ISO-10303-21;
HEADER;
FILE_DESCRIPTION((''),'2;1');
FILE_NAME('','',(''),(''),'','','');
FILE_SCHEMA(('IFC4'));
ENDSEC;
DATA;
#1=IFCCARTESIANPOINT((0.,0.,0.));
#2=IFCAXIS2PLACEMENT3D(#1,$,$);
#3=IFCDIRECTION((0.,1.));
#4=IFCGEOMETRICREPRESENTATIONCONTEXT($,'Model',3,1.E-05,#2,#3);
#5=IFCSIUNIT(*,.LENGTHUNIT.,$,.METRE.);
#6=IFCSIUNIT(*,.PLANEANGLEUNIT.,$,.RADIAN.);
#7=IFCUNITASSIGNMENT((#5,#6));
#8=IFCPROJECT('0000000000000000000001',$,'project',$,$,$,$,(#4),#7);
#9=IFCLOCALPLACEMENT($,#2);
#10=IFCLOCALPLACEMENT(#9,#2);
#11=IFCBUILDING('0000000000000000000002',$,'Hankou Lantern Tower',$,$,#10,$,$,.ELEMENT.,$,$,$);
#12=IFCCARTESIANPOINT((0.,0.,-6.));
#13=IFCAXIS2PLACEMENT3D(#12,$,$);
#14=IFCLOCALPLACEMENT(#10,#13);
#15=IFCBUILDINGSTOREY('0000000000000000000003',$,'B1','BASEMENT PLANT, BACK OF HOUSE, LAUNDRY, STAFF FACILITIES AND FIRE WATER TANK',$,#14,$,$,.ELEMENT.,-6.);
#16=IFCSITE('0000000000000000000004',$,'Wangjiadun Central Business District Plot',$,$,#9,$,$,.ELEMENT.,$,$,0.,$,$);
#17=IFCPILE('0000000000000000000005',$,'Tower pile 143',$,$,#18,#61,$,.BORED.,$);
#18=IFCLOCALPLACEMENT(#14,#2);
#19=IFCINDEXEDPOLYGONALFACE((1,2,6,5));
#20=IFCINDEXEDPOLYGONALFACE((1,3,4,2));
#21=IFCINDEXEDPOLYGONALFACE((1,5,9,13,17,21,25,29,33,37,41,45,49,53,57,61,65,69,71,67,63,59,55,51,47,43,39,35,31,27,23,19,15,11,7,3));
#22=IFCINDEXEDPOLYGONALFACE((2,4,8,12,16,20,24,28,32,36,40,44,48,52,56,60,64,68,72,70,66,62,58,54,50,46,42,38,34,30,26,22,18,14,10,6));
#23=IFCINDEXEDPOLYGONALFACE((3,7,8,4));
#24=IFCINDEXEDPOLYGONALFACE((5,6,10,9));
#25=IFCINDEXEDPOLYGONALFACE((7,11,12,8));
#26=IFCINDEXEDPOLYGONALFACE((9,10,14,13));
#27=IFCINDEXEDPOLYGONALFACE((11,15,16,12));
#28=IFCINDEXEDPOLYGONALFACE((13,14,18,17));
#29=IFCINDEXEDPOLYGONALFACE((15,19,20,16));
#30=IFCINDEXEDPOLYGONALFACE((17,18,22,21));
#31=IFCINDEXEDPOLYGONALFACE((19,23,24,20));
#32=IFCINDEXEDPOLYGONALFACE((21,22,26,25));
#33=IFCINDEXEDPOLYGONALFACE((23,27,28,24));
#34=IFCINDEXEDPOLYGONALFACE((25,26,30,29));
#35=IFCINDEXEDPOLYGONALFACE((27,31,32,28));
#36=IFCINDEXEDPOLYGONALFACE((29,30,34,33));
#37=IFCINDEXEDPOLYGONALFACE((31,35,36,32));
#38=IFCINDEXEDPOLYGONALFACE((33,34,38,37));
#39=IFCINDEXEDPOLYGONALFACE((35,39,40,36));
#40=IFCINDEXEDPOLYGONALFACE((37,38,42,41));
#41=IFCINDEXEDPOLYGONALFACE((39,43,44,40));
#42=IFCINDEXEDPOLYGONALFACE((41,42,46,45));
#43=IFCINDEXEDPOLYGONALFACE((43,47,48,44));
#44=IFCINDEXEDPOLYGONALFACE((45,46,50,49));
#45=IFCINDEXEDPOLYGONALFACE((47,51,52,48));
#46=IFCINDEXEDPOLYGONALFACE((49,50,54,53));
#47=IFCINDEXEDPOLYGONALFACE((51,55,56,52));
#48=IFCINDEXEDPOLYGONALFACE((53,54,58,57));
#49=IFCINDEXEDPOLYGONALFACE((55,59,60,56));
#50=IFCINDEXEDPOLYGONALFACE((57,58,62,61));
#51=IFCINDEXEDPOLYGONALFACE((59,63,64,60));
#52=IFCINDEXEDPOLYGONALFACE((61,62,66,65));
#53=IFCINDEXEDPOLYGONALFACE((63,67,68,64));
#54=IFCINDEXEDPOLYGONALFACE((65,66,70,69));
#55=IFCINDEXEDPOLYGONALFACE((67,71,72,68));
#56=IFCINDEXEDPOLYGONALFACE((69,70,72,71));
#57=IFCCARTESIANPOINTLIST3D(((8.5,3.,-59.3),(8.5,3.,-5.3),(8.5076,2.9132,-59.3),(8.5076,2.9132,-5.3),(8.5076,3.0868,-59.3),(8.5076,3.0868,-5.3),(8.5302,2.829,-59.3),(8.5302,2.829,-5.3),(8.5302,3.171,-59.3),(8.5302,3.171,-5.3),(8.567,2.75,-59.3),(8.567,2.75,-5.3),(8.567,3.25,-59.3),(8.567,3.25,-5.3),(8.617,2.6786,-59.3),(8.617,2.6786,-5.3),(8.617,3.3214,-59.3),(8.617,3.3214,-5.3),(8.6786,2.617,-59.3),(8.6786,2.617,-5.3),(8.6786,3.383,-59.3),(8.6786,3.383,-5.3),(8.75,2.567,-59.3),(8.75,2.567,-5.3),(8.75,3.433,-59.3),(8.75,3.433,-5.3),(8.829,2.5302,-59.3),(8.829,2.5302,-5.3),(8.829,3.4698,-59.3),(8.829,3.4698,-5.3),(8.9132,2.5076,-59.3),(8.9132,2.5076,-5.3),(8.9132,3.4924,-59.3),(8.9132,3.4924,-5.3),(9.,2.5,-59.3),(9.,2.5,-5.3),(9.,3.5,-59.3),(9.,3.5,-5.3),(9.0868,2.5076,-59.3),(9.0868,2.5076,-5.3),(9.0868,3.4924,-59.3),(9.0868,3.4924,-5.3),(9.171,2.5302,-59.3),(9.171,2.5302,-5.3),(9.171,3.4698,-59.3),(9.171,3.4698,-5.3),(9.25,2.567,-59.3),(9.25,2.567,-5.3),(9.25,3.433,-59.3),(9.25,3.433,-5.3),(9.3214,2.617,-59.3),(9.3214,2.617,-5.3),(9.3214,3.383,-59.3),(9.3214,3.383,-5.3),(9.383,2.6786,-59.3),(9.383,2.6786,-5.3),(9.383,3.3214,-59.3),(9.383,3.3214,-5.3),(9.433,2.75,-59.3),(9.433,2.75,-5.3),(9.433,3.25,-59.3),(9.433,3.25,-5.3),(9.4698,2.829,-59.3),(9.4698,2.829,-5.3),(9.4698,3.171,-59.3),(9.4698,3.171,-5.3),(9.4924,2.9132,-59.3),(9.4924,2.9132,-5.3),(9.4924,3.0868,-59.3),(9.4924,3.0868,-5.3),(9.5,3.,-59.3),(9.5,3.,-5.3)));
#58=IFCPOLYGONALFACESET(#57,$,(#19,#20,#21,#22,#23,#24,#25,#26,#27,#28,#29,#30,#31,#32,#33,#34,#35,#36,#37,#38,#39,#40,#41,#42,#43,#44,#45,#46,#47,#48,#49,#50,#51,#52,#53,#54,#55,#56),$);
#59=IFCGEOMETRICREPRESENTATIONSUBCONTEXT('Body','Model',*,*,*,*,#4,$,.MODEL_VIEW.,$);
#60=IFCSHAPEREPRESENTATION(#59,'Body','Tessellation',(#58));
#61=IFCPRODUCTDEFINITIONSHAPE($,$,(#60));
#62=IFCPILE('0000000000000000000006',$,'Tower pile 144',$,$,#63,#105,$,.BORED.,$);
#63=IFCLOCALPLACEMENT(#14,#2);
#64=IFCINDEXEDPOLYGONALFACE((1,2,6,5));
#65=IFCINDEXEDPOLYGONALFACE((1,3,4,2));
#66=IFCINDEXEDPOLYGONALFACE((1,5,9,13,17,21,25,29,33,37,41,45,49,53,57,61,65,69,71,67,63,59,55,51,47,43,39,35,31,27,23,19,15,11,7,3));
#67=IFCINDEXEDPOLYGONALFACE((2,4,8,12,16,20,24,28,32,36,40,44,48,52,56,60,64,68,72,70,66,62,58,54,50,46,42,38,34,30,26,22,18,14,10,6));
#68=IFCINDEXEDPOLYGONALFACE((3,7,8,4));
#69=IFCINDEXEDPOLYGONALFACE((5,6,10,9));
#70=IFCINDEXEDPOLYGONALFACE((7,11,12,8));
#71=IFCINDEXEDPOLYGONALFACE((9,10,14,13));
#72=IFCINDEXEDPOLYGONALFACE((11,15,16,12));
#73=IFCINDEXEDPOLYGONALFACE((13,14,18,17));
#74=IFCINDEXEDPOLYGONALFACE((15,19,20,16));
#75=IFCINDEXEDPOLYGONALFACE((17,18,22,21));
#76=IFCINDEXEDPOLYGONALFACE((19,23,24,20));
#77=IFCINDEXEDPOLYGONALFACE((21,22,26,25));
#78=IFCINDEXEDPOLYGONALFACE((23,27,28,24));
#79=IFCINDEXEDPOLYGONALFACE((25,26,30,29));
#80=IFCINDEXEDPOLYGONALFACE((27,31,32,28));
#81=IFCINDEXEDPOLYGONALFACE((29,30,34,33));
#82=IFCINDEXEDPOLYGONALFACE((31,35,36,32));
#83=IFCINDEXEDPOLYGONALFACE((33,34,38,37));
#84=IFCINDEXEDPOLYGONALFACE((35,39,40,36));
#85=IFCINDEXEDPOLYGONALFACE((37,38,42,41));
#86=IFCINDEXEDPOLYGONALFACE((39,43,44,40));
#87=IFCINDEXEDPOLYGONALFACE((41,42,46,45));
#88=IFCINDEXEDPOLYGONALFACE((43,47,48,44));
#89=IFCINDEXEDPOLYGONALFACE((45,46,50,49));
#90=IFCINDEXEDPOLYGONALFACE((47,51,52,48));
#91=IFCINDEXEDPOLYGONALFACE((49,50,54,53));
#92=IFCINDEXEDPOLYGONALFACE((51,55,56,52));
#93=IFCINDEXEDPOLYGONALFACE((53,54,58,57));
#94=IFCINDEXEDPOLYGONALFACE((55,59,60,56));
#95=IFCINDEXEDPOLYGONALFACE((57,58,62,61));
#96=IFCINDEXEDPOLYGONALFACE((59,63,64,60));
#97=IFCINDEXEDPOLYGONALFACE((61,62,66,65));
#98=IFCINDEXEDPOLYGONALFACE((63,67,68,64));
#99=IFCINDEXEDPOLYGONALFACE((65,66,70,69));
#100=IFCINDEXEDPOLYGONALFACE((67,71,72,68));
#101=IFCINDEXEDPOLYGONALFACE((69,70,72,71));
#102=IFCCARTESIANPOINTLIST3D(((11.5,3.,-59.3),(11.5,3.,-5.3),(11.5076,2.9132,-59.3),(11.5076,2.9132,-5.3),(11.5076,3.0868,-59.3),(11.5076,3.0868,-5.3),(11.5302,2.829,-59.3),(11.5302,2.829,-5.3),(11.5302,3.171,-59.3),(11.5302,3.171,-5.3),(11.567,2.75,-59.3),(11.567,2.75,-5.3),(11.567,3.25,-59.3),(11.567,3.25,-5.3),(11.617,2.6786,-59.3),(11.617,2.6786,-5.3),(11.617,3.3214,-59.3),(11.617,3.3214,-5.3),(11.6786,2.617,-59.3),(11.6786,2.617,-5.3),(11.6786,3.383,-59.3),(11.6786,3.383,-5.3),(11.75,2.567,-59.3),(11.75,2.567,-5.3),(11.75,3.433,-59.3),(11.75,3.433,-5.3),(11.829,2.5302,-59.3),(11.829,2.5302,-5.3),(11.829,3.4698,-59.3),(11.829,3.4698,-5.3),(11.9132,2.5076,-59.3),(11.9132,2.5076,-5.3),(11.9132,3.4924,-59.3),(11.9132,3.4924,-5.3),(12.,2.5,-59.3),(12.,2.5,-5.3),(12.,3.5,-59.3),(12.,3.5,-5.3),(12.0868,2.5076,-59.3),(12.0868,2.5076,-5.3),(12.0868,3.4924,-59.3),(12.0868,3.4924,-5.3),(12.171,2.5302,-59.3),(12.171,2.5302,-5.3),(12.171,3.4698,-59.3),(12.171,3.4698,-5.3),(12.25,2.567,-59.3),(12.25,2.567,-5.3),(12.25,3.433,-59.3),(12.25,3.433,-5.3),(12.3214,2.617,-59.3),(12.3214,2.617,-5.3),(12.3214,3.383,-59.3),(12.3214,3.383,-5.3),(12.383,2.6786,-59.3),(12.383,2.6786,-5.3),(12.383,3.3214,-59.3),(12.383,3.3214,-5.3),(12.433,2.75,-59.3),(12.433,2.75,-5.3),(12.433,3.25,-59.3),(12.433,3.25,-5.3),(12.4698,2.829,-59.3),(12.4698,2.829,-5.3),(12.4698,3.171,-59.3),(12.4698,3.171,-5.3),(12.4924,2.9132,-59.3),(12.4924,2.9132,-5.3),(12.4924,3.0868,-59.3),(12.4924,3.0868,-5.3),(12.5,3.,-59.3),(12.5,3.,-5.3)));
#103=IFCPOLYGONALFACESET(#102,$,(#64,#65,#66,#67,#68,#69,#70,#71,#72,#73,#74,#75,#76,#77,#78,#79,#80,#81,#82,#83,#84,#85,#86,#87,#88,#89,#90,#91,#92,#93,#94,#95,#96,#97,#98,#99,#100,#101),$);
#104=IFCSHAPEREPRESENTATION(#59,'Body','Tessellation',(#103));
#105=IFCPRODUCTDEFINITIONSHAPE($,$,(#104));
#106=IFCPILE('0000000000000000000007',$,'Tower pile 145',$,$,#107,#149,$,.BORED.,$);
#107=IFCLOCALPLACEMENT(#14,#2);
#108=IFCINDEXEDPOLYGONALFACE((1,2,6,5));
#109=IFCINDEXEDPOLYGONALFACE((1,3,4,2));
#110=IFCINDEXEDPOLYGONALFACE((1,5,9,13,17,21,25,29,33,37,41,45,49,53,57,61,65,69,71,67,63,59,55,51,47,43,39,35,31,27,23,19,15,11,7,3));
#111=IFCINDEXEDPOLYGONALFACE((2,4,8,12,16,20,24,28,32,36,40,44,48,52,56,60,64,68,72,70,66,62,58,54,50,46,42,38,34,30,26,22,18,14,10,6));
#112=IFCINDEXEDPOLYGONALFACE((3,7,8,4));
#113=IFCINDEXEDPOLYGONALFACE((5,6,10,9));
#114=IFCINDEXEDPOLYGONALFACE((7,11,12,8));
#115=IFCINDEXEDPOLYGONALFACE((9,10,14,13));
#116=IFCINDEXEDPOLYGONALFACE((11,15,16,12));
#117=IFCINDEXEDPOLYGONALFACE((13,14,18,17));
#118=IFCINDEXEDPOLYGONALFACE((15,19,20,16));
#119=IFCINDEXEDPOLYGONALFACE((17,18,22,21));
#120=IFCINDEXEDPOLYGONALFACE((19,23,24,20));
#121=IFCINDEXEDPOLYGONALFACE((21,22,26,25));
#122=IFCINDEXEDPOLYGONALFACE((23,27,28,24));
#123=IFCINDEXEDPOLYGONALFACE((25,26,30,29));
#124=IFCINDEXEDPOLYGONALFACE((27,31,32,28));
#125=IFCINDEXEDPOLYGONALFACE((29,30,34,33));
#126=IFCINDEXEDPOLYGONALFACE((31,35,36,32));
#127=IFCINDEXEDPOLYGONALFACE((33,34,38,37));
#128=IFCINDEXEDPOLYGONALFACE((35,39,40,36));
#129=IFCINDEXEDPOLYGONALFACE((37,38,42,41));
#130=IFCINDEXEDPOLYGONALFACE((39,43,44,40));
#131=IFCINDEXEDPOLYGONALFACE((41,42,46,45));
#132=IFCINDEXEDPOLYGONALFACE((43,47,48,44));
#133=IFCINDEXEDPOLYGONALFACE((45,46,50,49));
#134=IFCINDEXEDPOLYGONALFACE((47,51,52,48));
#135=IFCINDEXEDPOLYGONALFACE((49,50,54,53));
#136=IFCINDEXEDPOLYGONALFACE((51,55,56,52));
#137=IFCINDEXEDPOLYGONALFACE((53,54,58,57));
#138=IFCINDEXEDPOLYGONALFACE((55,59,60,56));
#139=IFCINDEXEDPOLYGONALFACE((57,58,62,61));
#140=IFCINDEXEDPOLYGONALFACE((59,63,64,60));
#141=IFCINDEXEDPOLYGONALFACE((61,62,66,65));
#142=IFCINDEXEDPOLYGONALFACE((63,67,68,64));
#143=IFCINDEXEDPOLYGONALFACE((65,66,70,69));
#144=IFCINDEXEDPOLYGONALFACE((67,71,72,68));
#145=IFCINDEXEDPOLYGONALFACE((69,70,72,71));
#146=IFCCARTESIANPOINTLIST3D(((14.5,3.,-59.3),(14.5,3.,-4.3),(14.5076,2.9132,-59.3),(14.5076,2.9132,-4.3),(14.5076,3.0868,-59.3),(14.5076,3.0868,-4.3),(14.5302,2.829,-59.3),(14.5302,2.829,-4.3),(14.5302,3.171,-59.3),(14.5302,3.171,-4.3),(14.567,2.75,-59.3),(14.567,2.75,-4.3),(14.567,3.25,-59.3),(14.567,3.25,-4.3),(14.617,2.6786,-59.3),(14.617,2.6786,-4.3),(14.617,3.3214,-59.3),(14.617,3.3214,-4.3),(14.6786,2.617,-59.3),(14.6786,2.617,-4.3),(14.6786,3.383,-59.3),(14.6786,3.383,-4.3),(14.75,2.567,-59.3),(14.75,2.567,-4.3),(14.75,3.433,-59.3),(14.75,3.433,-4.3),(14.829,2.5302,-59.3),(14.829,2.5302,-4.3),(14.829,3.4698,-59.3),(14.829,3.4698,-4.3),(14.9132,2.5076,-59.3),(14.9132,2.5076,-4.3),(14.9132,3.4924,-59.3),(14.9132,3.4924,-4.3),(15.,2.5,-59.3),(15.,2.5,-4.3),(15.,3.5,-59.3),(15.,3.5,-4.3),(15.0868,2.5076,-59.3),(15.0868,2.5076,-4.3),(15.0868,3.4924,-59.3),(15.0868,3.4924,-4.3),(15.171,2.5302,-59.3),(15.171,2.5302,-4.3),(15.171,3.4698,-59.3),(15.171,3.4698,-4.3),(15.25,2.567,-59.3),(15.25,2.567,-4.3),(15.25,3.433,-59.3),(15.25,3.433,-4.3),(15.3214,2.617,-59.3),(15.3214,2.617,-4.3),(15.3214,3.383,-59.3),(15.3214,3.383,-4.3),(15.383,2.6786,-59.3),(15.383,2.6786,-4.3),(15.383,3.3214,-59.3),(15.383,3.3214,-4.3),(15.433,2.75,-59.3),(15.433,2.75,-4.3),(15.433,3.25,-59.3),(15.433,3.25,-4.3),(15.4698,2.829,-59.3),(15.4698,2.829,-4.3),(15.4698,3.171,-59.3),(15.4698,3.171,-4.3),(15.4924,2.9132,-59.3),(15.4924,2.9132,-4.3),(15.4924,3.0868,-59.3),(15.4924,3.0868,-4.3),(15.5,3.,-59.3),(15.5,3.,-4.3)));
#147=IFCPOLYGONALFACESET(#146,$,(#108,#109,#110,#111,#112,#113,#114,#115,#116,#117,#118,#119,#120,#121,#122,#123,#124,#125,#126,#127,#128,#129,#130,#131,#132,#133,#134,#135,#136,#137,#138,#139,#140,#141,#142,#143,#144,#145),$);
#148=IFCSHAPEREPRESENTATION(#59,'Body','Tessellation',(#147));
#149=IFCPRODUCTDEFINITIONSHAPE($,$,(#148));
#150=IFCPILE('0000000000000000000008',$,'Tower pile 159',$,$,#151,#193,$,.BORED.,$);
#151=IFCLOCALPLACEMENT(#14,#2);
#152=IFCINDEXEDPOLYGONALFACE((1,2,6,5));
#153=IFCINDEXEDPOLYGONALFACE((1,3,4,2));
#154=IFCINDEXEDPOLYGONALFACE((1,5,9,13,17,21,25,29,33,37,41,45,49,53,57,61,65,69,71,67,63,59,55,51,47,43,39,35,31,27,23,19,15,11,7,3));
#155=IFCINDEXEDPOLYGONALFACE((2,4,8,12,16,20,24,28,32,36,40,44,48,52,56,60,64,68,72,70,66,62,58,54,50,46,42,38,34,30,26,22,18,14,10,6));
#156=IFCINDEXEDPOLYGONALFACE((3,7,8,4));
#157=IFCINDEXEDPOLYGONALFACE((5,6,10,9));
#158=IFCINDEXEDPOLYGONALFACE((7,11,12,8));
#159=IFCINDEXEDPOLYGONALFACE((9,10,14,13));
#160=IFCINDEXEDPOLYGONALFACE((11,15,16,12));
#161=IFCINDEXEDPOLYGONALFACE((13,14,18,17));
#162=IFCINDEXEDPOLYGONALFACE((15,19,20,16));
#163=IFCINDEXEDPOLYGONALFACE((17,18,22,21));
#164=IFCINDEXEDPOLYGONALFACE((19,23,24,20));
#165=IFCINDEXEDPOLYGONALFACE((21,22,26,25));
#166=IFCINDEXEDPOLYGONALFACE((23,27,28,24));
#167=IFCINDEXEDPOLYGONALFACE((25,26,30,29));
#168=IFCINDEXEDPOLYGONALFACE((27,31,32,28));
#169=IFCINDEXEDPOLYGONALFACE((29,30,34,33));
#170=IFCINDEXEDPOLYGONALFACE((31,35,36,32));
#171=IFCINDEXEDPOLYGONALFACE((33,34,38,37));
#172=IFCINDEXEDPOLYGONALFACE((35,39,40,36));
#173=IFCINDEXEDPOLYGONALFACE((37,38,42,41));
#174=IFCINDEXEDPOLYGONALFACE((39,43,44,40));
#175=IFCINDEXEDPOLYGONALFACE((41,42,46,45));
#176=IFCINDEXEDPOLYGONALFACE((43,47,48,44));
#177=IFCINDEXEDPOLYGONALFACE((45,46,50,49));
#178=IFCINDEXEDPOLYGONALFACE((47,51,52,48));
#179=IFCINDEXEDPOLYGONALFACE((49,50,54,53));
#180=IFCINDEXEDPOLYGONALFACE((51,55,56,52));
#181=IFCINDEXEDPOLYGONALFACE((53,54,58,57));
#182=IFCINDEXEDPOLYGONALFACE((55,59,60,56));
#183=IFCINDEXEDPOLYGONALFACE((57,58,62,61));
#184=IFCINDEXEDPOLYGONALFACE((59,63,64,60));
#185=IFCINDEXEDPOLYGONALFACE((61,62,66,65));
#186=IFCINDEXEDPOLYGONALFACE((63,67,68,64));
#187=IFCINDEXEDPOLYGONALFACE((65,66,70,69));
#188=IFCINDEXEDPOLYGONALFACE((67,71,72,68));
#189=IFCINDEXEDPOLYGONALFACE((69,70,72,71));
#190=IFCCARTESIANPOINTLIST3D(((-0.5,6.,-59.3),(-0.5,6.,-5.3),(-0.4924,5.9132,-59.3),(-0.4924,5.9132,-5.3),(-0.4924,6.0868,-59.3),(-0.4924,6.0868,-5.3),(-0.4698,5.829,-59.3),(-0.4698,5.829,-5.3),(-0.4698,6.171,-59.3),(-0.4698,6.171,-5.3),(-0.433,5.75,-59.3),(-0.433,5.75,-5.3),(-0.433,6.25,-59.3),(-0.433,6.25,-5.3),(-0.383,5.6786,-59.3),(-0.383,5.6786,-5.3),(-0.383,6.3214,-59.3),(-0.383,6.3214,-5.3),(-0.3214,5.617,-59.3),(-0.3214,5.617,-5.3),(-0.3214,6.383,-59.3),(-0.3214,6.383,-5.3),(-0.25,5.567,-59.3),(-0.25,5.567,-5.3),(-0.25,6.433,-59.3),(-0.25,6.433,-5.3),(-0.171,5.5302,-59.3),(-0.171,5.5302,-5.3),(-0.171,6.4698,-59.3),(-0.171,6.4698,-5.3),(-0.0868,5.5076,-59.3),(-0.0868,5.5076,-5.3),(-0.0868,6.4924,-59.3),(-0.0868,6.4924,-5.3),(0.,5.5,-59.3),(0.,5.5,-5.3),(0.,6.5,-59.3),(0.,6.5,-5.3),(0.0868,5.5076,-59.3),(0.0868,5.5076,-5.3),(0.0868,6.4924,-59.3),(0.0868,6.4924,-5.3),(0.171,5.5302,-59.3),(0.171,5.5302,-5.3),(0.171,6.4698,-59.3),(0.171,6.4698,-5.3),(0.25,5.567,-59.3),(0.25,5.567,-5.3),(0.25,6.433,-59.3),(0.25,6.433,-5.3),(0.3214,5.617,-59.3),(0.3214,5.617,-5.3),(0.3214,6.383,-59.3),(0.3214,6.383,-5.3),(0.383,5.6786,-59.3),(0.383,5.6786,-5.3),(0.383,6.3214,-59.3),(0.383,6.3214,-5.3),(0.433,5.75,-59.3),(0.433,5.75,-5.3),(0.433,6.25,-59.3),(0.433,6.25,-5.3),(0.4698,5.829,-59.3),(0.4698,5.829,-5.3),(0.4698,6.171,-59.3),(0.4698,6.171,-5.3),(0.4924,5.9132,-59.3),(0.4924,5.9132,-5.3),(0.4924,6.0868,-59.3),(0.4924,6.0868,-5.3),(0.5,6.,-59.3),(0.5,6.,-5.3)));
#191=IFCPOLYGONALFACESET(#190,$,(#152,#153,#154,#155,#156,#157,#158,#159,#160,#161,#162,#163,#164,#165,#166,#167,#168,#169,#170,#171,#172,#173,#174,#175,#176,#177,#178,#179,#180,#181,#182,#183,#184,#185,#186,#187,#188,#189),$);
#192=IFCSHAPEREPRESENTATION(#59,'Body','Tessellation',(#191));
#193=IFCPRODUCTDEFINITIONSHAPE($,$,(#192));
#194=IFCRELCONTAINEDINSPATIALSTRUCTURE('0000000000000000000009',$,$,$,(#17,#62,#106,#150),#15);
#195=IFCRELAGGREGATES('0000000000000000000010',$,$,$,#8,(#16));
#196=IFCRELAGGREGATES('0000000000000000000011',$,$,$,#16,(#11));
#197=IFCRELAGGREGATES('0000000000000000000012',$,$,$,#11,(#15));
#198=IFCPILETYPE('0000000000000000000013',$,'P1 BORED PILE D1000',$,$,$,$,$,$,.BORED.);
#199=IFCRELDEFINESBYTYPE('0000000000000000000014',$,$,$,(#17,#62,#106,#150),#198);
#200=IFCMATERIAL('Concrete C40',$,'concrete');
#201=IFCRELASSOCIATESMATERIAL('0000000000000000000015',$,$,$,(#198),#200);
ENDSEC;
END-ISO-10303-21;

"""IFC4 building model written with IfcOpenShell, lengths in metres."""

from ifc_helpers import new_model, si_unit, direction, frame, origin, origin_2d, place, context, subcontext, project, spatial, circle, extrude, material, material_profile, profile_set, type_object, element, save


model = new_model("IFC4")

# Units and contexts
model_context = context("Model", 3, precision=1e-05, world=origin(), true_north=direction((0.0, 1.0)))
body_context = subcontext(model_context, "Body", "Model", "MODEL_VIEW")
ifc_project = project(units=[si_unit("LENGTHUNIT", "METRE"), si_unit("PLANEANGLEUNIT", "RADIAN")], contexts=[model_context])

# Site, building, storey
site_placement = place(None, origin())
site = spatial("IfcSite", under=ifc_project, at=site_placement, Name="Wangjiadun Central Business District Plot", CompositionType="ELEMENT", RefElevation=0.0)
building_placement = place(site_placement, origin())
building = spatial("IfcBuilding", under=site, at=building_placement, Name="Hankou Lantern Tower", CompositionType="ELEMENT")
storey_placement = place(building_placement, frame((0.0, 0.0, -6.0)))
storey = spatial("IfcBuildingStorey", under=building, at=storey_placement, Name="B1", Description="BASEMENT PLANT, BACK OF HOUSE, LAUNDRY, STAFF FACILITIES AND FIRE WATER TANK", CompositionType="ELEMENT", Elevation=-6.0)

# Piles
ifc_material_1 = material(Name="Concrete C40", Category="concrete")
ifc_material_profile = material_profile(ifc_material_1, circle(Radius=0.5, at=origin_2d()), Name="RC D1000")
ifc_profile_set = profile_set([ifc_material_profile], Name="Concrete C40")
pile_type = type_object("IfcPileType", Name="P1 BORED PILE D1000", PredefinedType="BORED", material=ifc_profile_set)
for number, where, z_axis, x_axis, name in (
    (1, (9.0, 3.0, -5.3), (0.0, 0.0, -1.0), (1.0, 0.0, 0.0), "Tower pile 143"),
    (2, (12.0, 3.0, -5.3), (0.0, 0.0, -1.0), (1.0, 0.0, 0.0), "Tower pile 144"),
):
    element("IfcPile", number, at=place(storey_placement, frame(where, z_axis=z_axis, x_axis=x_axis)), inside=storey, type_object=pile_type, Name=name, PredefinedType="BORED", context=body_context, shape_type="SweptSolid", body=[
        extrude(circle(Radius=0.5, at=origin_2d()), origin(), (0.0, 0.0, 1.0), 54.0),
    ])
pile_1_placement = place(storey_placement, frame((15.0, 3.0, -4.3), z_axis=(0.0, 0.0, -1.0), x_axis=(1.0, 0.0, 0.0)))
element("IfcPile", 3, at=pile_1_placement, inside=storey, type_object=pile_type, Name="Tower pile 145", PredefinedType="BORED", context=body_context, shape_type="SweptSolid", body=[
    extrude(circle(Radius=0.5, at=origin_2d()), origin(), (0.0, 0.0, 1.0), 55.0),
])
for number, where, z_axis, x_axis, name in (
    (4, (0.0, 6.0, -5.3), (0.0, 0.0, -1.0), (1.0, 0.0, 0.0), "Tower pile 159"),
):
    element("IfcPile", number, at=place(storey_placement, frame(where, z_axis=z_axis, x_axis=x_axis)), inside=storey, type_object=pile_type, Name=name, PredefinedType="BORED", context=body_context, shape_type="SweptSolid", body=[
        extrude(circle(Radius=0.5, at=origin_2d()), origin(), (0.0, 0.0, 1.0), 54.0),
    ])

save(model, "model.ifc")
